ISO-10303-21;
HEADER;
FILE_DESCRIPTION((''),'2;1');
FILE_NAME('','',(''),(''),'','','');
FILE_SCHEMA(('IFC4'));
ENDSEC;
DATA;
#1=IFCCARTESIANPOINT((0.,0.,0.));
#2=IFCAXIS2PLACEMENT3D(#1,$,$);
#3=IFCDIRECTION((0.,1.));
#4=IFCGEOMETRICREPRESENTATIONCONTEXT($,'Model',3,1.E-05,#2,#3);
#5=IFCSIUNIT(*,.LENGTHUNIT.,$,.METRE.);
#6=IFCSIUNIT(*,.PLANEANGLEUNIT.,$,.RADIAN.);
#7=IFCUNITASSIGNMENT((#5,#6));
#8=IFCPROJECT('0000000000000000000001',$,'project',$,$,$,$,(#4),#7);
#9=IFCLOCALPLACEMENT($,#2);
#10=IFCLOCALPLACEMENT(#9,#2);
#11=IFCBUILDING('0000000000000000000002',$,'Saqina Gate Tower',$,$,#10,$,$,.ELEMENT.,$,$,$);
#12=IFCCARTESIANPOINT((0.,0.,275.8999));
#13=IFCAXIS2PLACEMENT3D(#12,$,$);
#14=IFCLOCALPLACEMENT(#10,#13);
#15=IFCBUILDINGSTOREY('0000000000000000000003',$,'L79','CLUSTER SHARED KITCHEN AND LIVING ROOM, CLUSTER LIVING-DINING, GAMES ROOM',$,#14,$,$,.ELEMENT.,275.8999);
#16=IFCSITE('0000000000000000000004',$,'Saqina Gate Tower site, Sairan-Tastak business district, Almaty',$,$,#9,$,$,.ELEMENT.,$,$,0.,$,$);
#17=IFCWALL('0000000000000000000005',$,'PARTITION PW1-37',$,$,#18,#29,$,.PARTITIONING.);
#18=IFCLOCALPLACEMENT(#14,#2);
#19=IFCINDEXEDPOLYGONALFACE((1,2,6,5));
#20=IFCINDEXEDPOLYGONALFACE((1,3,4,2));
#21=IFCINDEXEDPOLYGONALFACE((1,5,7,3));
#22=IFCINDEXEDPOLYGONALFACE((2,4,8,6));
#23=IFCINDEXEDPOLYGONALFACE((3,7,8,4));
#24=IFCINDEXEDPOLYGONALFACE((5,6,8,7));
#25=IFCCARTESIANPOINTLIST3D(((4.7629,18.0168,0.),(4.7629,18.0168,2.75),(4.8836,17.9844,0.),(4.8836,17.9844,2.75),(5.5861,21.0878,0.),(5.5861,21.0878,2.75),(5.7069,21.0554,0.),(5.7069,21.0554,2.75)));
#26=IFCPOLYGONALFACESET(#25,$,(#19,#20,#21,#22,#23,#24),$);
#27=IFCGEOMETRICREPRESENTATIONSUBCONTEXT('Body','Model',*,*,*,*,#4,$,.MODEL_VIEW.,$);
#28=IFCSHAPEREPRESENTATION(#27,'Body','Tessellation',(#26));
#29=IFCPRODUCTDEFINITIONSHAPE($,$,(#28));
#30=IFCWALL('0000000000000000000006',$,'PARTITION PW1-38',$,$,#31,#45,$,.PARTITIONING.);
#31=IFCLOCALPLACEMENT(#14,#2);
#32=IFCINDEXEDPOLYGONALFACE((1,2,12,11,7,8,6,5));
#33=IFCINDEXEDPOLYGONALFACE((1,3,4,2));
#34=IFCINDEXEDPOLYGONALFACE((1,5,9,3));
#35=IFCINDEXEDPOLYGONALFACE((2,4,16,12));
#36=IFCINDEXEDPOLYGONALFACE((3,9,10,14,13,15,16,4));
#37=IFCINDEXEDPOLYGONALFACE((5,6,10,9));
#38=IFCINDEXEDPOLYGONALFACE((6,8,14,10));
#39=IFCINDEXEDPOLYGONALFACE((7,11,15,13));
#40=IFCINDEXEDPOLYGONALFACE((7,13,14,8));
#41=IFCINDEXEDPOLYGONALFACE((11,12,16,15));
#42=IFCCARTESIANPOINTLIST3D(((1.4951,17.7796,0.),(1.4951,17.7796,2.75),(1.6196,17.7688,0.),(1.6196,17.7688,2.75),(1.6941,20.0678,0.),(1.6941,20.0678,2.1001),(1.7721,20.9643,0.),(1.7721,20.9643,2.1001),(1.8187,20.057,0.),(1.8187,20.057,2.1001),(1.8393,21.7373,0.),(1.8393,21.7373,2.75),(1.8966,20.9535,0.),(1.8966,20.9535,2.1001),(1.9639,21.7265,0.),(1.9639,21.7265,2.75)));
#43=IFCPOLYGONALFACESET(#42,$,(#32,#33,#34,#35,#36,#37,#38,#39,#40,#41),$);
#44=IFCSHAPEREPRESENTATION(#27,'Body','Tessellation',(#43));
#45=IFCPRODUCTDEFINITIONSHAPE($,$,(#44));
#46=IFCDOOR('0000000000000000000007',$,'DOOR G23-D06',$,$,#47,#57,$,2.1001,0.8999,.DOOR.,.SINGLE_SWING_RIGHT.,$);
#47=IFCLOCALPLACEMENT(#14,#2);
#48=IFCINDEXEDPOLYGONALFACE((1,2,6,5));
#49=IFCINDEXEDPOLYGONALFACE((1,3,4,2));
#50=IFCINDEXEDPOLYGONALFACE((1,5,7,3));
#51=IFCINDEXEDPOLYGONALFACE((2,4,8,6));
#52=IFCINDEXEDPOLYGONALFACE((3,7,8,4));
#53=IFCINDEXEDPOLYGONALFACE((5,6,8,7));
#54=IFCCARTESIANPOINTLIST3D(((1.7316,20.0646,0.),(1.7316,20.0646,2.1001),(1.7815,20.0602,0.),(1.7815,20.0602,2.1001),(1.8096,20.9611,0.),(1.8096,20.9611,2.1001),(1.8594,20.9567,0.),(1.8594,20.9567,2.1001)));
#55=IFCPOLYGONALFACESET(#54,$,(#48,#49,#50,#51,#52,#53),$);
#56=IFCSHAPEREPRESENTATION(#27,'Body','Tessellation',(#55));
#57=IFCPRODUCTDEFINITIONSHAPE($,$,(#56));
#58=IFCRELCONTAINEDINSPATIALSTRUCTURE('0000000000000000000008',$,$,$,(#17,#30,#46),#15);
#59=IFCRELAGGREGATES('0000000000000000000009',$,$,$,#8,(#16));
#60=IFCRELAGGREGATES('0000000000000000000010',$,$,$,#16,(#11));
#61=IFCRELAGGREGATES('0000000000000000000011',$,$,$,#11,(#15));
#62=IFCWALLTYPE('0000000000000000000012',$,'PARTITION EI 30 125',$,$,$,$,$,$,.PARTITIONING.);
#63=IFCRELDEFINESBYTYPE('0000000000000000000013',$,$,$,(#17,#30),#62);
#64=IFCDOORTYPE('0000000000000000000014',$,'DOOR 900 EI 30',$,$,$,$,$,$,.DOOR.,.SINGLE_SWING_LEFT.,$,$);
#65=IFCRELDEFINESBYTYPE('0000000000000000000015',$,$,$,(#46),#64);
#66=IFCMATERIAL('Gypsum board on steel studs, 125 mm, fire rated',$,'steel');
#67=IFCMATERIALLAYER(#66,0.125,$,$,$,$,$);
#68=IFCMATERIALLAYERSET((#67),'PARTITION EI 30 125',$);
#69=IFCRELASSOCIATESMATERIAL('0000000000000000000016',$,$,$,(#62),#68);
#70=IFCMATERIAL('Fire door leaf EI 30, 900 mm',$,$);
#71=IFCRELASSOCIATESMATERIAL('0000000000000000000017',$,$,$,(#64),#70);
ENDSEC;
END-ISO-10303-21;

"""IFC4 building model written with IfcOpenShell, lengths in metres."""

from ifc_helpers import new_model, si_unit, direction, frame, frame_2d, origin, place, context, subcontext, project, spatial, rectangle, extrude, material, layer, layer_set, type_object, element, fill, save


model = new_model("IFC4")

# Units and contexts
model_context = context("Model", 3, precision=1e-05, world=origin(), true_north=direction((0.0, 1.0)))
body_context = subcontext(model_context, "Body", "Model", "MODEL_VIEW")
ifc_project = project(units=[si_unit("LENGTHUNIT", "METRE"), si_unit("PLANEANGLEUNIT", "RADIAN")], contexts=[model_context])

# Site, building, storey
site_placement = place(None, origin())
site = spatial("IfcSite", under=ifc_project, at=site_placement, Name="Saqina Gate Tower site, Sairan-Tastak business district, Almaty", CompositionType="ELEMENT", RefElevation=0.0)
building_placement = place(site_placement, origin())
building = spatial("IfcBuilding", under=site, at=building_placement, Name="Saqina Gate Tower", CompositionType="ELEMENT")
storey_placement = place(building_placement, frame((0.0, 0.0, 275.8999)))
storey = spatial("IfcBuildingStorey", under=building, at=storey_placement, Name="L79", Description="CLUSTER SHARED KITCHEN AND LIVING ROOM, CLUSTER LIVING-DINING, GAMES ROOM", CompositionType="ELEMENT", Elevation=275.8999)

# Wall
ifc_material_1 = material(Name="Gypsum board on steel studs, 125 mm, fire rated", Category="steel")
ifc_layer_1 = layer(ifc_material_1, 0.125)
ifc_layer_set_1 = layer_set([ifc_layer_1], Name="PARTITION EI 30 125")
wall_type_1 = type_object("IfcWallType", Name="PARTITION EI 30 125", PredefinedType="PARTITIONING", material=ifc_layer_set_1)
wall_1_placement = place(storey_placement, frame((4.8232, 18.0005, 0.0), z_axis=(0.0, 0.0, 1.0), x_axis=(0.258924, 0.965898, 0.0)))
element("IfcWall", 1, at=wall_1_placement, inside=storey, type_object=wall_type_1, Name="PARTITION PW1-37", PredefinedType="PARTITIONING", context=body_context, shape_type="SweptSolid", body=[
    extrude(rectangle(XDim=3.1794, YDim=0.125, at=frame_2d((1.5898, 0.0))), origin(), (0.0, 0.0, 1.0), 2.75),
])

# Wall, opening, door
wall_2_placement = place(storey_placement, frame((1.5574, 17.7742, 0.0), z_axis=(0.0, 0.0, 1.0), x_axis=(0.086651, 0.996239, 0.0)))
wall_2 = element("IfcWall", 2, at=wall_2_placement, inside=storey, type_object=wall_type_1, Name="PARTITION PW1-38", PredefinedType="PARTITIONING", context=body_context, shape_type="SweptSolid", body=[
    extrude(rectangle(XDim=3.9727, YDim=0.125, at=frame_2d((1.9863, 0.0))), origin(), (0.0, 0.0, 1.0), 2.75),
])
opening_1_placement = place(wall_2_placement, frame((2.2969, 0.0, 0.0)))
opening_1 = element("IfcOpeningElement", 3, at=opening_1_placement, cuts=wall_2, PredefinedType="OPENING", context=body_context, shape_type="SweptSolid", body=[
    extrude(rectangle(XDim=0.8999, YDim=2.1001, at=frame_2d((0.45, 1.05))), frame((0.0, 0.0745, 0.0), z_axis=(0.0, -1.0, 0.0), x_axis=(1.0, 0.0, 0.0)), (0.0, 0.0, 1.0), 0.1489),
])
ifc_material_2 = material(Name="Fire door leaf EI 30, 900 mm")
door_type_1 = type_object("IfcDoorType", Name="DOOR 900 EI 30", OperationType="SINGLE_SWING_LEFT", PredefinedType="DOOR", material=ifc_material_2)
door_1_placement = place(opening_1_placement, origin())
door_1 = element("IfcDoor", 4, at=door_1_placement, inside=storey, type_object=door_type_1, Name="DOOR G23-D06", OperationType="SINGLE_SWING_RIGHT", OverallHeight=2.1001, OverallWidth=0.8999, PredefinedType="DOOR", context=body_context, shape_type="SweptSolid", body=[
    extrude(rectangle(XDim=0.8999, YDim=2.1001, at=frame_2d((0.45, 1.05))), frame((0.0, 0.0249, 0.0), z_axis=(0.0, -1.0, 0.0), x_axis=(1.0, 0.0, 0.0)), (0.0, 0.0, 1.0), 0.05),
])
fill(opening_1, door_1)

save(model, "model.ifc")
